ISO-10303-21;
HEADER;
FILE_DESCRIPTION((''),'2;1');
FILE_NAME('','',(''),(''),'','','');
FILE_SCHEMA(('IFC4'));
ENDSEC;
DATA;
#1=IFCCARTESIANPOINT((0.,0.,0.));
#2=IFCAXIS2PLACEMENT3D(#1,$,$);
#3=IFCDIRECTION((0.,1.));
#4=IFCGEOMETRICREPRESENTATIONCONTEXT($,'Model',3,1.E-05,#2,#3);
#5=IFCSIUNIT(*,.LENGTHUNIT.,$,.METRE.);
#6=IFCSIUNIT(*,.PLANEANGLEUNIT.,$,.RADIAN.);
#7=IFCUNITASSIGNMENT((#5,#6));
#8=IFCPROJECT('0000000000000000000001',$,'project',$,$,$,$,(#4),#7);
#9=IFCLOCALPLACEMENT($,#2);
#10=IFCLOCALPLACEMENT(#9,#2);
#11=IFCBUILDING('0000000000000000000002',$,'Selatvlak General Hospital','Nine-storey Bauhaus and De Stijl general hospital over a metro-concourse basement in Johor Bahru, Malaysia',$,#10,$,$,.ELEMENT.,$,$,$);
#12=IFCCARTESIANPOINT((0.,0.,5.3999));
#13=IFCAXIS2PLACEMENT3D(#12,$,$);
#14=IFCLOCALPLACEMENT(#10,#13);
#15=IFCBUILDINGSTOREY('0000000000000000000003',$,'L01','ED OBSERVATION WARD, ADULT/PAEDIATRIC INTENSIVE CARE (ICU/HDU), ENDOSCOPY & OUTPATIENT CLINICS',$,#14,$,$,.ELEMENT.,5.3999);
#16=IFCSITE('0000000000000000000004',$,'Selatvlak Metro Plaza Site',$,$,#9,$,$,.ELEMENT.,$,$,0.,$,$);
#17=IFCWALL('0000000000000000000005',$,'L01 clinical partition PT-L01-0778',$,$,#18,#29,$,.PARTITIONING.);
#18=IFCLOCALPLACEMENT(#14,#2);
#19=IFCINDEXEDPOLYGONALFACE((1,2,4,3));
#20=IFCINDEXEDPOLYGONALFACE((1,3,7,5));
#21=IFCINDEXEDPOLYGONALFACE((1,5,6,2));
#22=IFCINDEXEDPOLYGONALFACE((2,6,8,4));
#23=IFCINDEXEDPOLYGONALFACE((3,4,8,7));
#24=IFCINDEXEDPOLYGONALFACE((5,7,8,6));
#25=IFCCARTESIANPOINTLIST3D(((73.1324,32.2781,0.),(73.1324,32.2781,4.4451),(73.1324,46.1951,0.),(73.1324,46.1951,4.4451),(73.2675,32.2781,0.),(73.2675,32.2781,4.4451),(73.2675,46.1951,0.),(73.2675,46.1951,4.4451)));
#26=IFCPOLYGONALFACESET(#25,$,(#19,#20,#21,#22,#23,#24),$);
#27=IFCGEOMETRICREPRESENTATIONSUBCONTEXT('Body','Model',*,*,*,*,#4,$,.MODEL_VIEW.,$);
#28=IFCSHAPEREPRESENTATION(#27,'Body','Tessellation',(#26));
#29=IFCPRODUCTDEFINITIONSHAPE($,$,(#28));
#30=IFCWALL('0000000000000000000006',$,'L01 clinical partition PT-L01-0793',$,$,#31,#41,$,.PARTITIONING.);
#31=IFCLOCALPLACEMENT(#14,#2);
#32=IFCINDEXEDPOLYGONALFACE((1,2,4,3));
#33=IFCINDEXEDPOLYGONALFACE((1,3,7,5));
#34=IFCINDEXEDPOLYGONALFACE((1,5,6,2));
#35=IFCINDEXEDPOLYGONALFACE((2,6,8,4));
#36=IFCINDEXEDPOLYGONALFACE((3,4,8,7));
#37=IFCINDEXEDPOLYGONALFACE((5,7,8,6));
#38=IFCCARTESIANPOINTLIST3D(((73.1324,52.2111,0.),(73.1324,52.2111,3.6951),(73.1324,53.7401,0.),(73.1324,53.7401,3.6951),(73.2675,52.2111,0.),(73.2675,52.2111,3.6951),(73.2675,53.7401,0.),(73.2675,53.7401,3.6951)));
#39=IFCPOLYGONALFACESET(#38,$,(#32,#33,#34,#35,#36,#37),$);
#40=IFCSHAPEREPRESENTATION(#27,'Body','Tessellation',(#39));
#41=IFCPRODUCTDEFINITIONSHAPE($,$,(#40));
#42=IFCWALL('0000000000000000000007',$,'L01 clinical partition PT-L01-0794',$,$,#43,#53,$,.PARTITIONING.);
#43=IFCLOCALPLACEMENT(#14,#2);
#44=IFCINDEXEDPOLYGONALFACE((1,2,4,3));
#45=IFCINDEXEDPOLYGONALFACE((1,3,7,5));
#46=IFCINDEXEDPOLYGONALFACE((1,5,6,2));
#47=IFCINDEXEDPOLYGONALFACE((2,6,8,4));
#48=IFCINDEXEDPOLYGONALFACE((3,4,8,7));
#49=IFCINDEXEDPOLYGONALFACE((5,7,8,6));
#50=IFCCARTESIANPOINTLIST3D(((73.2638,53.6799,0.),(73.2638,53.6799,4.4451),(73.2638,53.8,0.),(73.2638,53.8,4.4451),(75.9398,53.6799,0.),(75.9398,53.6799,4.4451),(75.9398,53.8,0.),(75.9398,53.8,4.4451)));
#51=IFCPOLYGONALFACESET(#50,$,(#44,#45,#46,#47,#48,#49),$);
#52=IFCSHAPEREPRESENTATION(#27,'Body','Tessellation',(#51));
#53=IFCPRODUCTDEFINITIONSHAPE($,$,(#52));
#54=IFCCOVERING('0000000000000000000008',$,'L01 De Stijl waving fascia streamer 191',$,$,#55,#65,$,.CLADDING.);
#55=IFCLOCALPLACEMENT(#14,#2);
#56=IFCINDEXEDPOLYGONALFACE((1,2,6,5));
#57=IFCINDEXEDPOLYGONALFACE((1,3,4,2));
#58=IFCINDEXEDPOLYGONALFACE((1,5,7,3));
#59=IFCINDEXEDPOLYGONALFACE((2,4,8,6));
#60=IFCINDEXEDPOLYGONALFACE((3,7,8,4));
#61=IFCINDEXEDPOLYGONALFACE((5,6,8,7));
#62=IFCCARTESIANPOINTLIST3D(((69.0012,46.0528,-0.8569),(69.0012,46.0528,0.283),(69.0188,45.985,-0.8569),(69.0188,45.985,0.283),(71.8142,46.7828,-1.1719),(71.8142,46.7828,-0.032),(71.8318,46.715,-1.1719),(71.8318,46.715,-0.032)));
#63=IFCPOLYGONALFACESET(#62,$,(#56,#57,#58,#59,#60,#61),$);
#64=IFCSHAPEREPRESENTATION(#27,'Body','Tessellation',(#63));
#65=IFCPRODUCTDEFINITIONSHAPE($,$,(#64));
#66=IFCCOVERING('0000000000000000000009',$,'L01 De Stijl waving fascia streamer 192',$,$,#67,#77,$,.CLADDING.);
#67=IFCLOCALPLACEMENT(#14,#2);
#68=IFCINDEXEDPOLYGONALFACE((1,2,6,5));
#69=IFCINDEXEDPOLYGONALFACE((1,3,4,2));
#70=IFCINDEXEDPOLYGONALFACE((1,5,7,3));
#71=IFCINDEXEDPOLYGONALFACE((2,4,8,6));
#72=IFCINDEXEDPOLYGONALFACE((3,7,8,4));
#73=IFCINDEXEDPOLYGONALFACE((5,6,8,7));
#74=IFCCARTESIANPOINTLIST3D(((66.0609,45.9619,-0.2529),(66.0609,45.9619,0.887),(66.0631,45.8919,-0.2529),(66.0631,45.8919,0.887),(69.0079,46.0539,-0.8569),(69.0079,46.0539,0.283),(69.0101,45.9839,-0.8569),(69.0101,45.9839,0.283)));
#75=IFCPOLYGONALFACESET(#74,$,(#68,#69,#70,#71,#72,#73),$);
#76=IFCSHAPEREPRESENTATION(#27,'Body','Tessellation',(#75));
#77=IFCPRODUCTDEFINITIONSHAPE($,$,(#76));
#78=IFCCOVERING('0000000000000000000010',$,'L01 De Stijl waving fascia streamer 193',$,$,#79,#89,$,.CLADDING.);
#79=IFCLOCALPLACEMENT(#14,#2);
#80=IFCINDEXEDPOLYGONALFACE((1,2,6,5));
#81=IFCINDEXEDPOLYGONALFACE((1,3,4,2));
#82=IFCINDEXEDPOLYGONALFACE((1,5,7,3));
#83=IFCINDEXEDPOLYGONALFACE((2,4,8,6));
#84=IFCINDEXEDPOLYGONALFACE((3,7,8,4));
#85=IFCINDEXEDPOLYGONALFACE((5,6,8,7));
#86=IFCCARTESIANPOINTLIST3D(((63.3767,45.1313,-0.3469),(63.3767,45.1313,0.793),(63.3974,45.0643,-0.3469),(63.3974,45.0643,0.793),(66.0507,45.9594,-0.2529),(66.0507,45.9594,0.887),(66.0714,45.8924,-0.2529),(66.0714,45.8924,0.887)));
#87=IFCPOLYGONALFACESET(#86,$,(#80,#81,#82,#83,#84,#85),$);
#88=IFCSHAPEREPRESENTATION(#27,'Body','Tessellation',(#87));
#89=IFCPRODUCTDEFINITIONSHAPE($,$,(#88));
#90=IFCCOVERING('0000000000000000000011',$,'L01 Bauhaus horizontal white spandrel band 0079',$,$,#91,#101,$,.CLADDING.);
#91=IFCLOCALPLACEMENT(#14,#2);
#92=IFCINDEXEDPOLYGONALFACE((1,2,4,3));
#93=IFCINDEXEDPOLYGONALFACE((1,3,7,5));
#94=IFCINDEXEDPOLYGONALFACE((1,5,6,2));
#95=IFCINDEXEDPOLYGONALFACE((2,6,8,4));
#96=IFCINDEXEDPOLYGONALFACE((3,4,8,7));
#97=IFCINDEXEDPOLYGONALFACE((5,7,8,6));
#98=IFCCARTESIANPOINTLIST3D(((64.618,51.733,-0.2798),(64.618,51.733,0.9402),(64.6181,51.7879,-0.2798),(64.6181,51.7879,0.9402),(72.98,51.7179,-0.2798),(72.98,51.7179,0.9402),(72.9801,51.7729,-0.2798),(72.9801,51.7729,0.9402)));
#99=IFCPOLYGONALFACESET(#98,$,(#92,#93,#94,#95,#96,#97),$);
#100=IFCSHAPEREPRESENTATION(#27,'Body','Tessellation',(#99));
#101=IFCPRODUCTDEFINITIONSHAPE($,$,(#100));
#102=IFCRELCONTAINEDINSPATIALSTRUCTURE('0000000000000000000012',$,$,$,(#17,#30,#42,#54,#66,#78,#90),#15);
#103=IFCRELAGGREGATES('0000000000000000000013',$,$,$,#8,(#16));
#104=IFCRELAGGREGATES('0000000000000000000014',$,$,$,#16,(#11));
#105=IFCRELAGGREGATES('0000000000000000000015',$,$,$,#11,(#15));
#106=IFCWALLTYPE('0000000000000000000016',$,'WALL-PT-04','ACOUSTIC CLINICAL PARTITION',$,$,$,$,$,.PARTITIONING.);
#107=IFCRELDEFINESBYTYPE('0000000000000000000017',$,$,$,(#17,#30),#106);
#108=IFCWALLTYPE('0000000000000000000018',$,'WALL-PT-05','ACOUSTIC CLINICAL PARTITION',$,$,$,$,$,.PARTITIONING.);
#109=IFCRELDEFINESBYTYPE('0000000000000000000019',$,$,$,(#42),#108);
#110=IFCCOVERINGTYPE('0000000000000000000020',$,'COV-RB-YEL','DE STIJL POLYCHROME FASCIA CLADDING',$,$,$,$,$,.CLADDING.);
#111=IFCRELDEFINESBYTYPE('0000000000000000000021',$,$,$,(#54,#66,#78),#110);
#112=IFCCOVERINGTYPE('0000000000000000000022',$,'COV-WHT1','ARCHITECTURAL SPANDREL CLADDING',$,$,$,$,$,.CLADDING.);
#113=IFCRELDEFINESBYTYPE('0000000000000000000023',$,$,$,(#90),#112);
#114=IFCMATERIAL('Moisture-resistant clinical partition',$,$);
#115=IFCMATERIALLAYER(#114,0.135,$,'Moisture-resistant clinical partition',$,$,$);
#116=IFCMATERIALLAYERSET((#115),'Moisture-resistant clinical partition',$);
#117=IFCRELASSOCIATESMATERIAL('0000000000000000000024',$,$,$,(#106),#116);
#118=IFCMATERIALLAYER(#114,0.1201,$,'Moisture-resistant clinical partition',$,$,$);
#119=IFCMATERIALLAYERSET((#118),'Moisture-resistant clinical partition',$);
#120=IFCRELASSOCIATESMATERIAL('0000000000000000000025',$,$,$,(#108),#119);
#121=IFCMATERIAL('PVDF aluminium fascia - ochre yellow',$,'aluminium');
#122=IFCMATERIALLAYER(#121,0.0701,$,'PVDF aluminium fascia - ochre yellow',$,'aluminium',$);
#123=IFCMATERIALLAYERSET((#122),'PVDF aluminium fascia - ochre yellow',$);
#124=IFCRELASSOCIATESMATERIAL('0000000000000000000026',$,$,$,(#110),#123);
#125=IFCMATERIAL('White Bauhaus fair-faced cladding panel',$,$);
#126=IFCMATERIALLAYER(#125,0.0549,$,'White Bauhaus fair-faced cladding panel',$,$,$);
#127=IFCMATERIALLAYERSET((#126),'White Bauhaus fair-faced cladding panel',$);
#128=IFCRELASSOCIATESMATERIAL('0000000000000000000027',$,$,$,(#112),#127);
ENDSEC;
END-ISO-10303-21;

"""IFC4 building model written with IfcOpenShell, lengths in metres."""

from ifc_helpers import new_model, si_unit, direction, frame, frame_2d, origin, origin_2d, place, context, subcontext, project, spatial, polyline, rectangle, outline, extrude, material, layer, layer_set, type_object, element, save


model = new_model("IFC4")

# Units and contexts
model_context = context("Model", 3, precision=1e-05, world=origin(), true_north=direction((0.0, 1.0)))
body_context = subcontext(model_context, "Body", "Model", "MODEL_VIEW")
ifc_project = project(units=[si_unit("LENGTHUNIT", "METRE"), si_unit("PLANEANGLEUNIT", "RADIAN")], contexts=[model_context])

# Site, building, storey
site_placement = place(None, origin())
site = spatial("IfcSite", under=ifc_project, at=site_placement, Name="Selatvlak Metro Plaza Site", CompositionType="ELEMENT", RefElevation=0.0)
building_placement = place(site_placement, origin())
building = spatial("IfcBuilding", under=site, at=building_placement, Name="Selatvlak General Hospital", Description="Nine-storey Bauhaus and De Stijl general hospital over a metro-concourse basement in Johor Bahru, Malaysia", CompositionType="ELEMENT")
storey_placement = place(building_placement, frame((0.0, 0.0, 5.3999)))
storey = spatial("IfcBuildingStorey", under=building, at=storey_placement, Name="L01", Description="ED OBSERVATION WARD, ADULT/PAEDIATRIC INTENSIVE CARE (ICU/HDU), ENDOSCOPY & OUTPATIENT CLINICS", CompositionType="ELEMENT", Elevation=5.3999)

# Walls
ifc_material_1 = material(Name="Moisture-resistant clinical partition")
ifc_layer_1 = layer(ifc_material_1, 0.135, Name="Moisture-resistant clinical partition")
ifc_layer_set_1 = layer_set([ifc_layer_1], Name="Moisture-resistant clinical partition")
wall_type_1 = type_object("IfcWallType", Name="WALL-PT-04", Description="ACOUSTIC CLINICAL PARTITION", PredefinedType="PARTITIONING", material=ifc_layer_set_1)
wall_1_placement = place(storey_placement, frame((73.2, 46.1951, 0.0), z_axis=(0.0, 0.0, 1.0), x_axis=(0.0, -1.0, 0.0)))
element("IfcWall", 1, at=wall_1_placement, inside=storey, type_object=wall_type_1, Name="L01 clinical partition PT-L01-0778", PredefinedType="PARTITIONING", context=body_context, shape_type="SweptSolid", body=[
    extrude(rectangle(XDim=13.917, YDim=0.135, at=frame_2d((6.9585, 0.0))), origin(), (0.0, 0.0, 1.0), 4.4451),
])
wall_2_placement = place(storey_placement, frame((73.2, 52.2109, 0.0), z_axis=(0.0, 0.0, 1.0), x_axis=(0.0, 1.0, 0.0)))
element("IfcWall", 2, at=wall_2_placement, inside=storey, type_object=wall_type_1, Name="L01 clinical partition PT-L01-0793", PredefinedType="PARTITIONING", context=body_context, shape_type="SweptSolid", body=[
    extrude(rectangle(XDim=1.5291, YDim=0.135, at=frame_2d((0.7646, 0.0))), origin(), (0.0, 0.0, 1.0), 3.6951),
])
ifc_layer_2 = layer(ifc_material_1, 0.1201, Name="Moisture-resistant clinical partition")
ifc_layer_set_2 = layer_set([ifc_layer_2], Name="Moisture-resistant clinical partition")
wall_type_2 = type_object("IfcWallType", Name="WALL-PT-05", Description="ACOUSTIC CLINICAL PARTITION", PredefinedType="PARTITIONING", material=ifc_layer_set_2)
wall_3_placement = place(storey_placement, frame((73.2639, 53.74, 0.0), z_axis=(0.0, 0.0, 1.0), x_axis=(1.0, 0.0, 0.0)))
element("IfcWall", 3, at=wall_3_placement, inside=storey, type_object=wall_type_2, Name="L01 clinical partition PT-L01-0794", PredefinedType="PARTITIONING", context=body_context, shape_type="SweptSolid", body=[
    extrude(rectangle(XDim=2.676, YDim=0.1201, at=frame_2d((1.3379, 0.0))), origin(), (0.0, 0.0, 1.0), 4.4451),
])

# Coverings
ifc_material_2 = material(Name="PVDF aluminium fascia - ochre yellow", Category="aluminium")
ifc_layer_3 = layer(ifc_material_2, 0.0701, Name="PVDF aluminium fascia - ochre yellow", Category="aluminium")
ifc_layer_set_3 = layer_set([ifc_layer_3], Name="PVDF aluminium fascia - ochre yellow")
covering_type_1 = type_object("IfcCoveringType", Name="COV-RB-YEL", Description="DE STIJL POLYCHROME FASCIA CLADDING", PredefinedType="CLADDING", material=ifc_layer_set_3)
covering_1_placement = place(storey_placement, frame((71.823, 46.749, -1.1719), z_axis=(0.0, 0.0, 1.0), x_axis=(-0.967939, -0.251184, 0.0)))
element("IfcCovering", 4, at=covering_1_placement, inside=storey, type_object=covering_type_1, Name="L01 De Stijl waving fascia streamer 191", PredefinedType="CLADDING", context=body_context, shape_type="SweptSolid", body=[
    extrude(outline(polyline([(0.0, 0.0), (2.9062, 0.3149), (2.9062, 1.4548), (0.0, 1.1399), (0.0, 0.0)])), frame((0.0, 0.0352, 0.0), z_axis=(0.0, -1.0, 0.0), x_axis=(1.0, 0.0, 0.0)), (0.0, 0.0, 1.0), 0.0701),
])
covering_2_placement = place(storey_placement, frame((69.009, 46.019, -0.8569), z_axis=(0.0, 0.0, 1.0), x_axis=(-0.999513, -0.031217, 0.0)))
element("IfcCovering", 5, at=covering_2_placement, inside=storey, type_object=covering_type_1, Name="L01 De Stijl waving fascia streamer 192", PredefinedType="CLADDING", context=body_context, shape_type="SweptSolid", body=[
    extrude(outline(polyline([(0.0, 0.0), (2.9485, 0.604), (2.9485, 1.7439), (0.0, 1.1399), (0.0, 0.0)])), frame((0.0, 0.0352, 0.0), z_axis=(0.0, -1.0, 0.0), x_axis=(1.0, 0.0, 0.0)), (0.0, 0.0, 1.0), 0.0701),
])
covering_3_placement = place(storey_placement, frame((66.061, 45.926, -0.2529), z_axis=(0.0, 0.0, 1.0), x_axis=(-0.955242, -0.295826, 0.0)))
element("IfcCovering", 6, at=covering_3_placement, inside=storey, type_object=covering_type_1, Name="L01 De Stijl waving fascia streamer 193", PredefinedType="CLADDING", context=body_context, shape_type="SweptSolid", body=[
    extrude(outline(polyline([(0.0, 0.0), (2.7993, -0.094), (2.7993, 1.0459), (0.0, 1.1399), (0.0, 0.0)])), frame((0.0, 0.0352, 0.0), z_axis=(0.0, -1.0, 0.0), x_axis=(1.0, 0.0, 0.0)), (0.0, 0.0, 1.0), 0.0701),
])
ifc_material_3 = material(Name="White Bauhaus fair-faced cladding panel")
ifc_layer_4 = layer(ifc_material_3, 0.0549, Name="White Bauhaus fair-faced cladding panel")
ifc_layer_set_4 = layer_set([ifc_layer_4], Name="White Bauhaus fair-faced cladding panel")
covering_type_2 = type_object("IfcCoveringType", Name="COV-WHT1", Description="ARCHITECTURAL SPANDREL CLADDING", PredefinedType="CLADDING", material=ifc_layer_set_4)
covering_4_placement = place(storey_placement, frame((68.7991, 51.7529, -0.2798), z_axis=(0.0, 0.0, 1.0), x_axis=(-0.999998, 0.001798, 0.0)))
element("IfcCovering", 7, at=covering_4_placement, inside=storey, type_object=covering_type_2, Name="L01 Bauhaus horizontal white spandrel band 0079", PredefinedType="CLADDING", context=body_context, shape_type="SweptSolid", body=[
    extrude(rectangle(XDim=8.3621, YDim=0.0549, at=origin_2d()), origin(), (0.0, 0.0, 1.0), 1.22),
])

save(model, "model.ifc")
